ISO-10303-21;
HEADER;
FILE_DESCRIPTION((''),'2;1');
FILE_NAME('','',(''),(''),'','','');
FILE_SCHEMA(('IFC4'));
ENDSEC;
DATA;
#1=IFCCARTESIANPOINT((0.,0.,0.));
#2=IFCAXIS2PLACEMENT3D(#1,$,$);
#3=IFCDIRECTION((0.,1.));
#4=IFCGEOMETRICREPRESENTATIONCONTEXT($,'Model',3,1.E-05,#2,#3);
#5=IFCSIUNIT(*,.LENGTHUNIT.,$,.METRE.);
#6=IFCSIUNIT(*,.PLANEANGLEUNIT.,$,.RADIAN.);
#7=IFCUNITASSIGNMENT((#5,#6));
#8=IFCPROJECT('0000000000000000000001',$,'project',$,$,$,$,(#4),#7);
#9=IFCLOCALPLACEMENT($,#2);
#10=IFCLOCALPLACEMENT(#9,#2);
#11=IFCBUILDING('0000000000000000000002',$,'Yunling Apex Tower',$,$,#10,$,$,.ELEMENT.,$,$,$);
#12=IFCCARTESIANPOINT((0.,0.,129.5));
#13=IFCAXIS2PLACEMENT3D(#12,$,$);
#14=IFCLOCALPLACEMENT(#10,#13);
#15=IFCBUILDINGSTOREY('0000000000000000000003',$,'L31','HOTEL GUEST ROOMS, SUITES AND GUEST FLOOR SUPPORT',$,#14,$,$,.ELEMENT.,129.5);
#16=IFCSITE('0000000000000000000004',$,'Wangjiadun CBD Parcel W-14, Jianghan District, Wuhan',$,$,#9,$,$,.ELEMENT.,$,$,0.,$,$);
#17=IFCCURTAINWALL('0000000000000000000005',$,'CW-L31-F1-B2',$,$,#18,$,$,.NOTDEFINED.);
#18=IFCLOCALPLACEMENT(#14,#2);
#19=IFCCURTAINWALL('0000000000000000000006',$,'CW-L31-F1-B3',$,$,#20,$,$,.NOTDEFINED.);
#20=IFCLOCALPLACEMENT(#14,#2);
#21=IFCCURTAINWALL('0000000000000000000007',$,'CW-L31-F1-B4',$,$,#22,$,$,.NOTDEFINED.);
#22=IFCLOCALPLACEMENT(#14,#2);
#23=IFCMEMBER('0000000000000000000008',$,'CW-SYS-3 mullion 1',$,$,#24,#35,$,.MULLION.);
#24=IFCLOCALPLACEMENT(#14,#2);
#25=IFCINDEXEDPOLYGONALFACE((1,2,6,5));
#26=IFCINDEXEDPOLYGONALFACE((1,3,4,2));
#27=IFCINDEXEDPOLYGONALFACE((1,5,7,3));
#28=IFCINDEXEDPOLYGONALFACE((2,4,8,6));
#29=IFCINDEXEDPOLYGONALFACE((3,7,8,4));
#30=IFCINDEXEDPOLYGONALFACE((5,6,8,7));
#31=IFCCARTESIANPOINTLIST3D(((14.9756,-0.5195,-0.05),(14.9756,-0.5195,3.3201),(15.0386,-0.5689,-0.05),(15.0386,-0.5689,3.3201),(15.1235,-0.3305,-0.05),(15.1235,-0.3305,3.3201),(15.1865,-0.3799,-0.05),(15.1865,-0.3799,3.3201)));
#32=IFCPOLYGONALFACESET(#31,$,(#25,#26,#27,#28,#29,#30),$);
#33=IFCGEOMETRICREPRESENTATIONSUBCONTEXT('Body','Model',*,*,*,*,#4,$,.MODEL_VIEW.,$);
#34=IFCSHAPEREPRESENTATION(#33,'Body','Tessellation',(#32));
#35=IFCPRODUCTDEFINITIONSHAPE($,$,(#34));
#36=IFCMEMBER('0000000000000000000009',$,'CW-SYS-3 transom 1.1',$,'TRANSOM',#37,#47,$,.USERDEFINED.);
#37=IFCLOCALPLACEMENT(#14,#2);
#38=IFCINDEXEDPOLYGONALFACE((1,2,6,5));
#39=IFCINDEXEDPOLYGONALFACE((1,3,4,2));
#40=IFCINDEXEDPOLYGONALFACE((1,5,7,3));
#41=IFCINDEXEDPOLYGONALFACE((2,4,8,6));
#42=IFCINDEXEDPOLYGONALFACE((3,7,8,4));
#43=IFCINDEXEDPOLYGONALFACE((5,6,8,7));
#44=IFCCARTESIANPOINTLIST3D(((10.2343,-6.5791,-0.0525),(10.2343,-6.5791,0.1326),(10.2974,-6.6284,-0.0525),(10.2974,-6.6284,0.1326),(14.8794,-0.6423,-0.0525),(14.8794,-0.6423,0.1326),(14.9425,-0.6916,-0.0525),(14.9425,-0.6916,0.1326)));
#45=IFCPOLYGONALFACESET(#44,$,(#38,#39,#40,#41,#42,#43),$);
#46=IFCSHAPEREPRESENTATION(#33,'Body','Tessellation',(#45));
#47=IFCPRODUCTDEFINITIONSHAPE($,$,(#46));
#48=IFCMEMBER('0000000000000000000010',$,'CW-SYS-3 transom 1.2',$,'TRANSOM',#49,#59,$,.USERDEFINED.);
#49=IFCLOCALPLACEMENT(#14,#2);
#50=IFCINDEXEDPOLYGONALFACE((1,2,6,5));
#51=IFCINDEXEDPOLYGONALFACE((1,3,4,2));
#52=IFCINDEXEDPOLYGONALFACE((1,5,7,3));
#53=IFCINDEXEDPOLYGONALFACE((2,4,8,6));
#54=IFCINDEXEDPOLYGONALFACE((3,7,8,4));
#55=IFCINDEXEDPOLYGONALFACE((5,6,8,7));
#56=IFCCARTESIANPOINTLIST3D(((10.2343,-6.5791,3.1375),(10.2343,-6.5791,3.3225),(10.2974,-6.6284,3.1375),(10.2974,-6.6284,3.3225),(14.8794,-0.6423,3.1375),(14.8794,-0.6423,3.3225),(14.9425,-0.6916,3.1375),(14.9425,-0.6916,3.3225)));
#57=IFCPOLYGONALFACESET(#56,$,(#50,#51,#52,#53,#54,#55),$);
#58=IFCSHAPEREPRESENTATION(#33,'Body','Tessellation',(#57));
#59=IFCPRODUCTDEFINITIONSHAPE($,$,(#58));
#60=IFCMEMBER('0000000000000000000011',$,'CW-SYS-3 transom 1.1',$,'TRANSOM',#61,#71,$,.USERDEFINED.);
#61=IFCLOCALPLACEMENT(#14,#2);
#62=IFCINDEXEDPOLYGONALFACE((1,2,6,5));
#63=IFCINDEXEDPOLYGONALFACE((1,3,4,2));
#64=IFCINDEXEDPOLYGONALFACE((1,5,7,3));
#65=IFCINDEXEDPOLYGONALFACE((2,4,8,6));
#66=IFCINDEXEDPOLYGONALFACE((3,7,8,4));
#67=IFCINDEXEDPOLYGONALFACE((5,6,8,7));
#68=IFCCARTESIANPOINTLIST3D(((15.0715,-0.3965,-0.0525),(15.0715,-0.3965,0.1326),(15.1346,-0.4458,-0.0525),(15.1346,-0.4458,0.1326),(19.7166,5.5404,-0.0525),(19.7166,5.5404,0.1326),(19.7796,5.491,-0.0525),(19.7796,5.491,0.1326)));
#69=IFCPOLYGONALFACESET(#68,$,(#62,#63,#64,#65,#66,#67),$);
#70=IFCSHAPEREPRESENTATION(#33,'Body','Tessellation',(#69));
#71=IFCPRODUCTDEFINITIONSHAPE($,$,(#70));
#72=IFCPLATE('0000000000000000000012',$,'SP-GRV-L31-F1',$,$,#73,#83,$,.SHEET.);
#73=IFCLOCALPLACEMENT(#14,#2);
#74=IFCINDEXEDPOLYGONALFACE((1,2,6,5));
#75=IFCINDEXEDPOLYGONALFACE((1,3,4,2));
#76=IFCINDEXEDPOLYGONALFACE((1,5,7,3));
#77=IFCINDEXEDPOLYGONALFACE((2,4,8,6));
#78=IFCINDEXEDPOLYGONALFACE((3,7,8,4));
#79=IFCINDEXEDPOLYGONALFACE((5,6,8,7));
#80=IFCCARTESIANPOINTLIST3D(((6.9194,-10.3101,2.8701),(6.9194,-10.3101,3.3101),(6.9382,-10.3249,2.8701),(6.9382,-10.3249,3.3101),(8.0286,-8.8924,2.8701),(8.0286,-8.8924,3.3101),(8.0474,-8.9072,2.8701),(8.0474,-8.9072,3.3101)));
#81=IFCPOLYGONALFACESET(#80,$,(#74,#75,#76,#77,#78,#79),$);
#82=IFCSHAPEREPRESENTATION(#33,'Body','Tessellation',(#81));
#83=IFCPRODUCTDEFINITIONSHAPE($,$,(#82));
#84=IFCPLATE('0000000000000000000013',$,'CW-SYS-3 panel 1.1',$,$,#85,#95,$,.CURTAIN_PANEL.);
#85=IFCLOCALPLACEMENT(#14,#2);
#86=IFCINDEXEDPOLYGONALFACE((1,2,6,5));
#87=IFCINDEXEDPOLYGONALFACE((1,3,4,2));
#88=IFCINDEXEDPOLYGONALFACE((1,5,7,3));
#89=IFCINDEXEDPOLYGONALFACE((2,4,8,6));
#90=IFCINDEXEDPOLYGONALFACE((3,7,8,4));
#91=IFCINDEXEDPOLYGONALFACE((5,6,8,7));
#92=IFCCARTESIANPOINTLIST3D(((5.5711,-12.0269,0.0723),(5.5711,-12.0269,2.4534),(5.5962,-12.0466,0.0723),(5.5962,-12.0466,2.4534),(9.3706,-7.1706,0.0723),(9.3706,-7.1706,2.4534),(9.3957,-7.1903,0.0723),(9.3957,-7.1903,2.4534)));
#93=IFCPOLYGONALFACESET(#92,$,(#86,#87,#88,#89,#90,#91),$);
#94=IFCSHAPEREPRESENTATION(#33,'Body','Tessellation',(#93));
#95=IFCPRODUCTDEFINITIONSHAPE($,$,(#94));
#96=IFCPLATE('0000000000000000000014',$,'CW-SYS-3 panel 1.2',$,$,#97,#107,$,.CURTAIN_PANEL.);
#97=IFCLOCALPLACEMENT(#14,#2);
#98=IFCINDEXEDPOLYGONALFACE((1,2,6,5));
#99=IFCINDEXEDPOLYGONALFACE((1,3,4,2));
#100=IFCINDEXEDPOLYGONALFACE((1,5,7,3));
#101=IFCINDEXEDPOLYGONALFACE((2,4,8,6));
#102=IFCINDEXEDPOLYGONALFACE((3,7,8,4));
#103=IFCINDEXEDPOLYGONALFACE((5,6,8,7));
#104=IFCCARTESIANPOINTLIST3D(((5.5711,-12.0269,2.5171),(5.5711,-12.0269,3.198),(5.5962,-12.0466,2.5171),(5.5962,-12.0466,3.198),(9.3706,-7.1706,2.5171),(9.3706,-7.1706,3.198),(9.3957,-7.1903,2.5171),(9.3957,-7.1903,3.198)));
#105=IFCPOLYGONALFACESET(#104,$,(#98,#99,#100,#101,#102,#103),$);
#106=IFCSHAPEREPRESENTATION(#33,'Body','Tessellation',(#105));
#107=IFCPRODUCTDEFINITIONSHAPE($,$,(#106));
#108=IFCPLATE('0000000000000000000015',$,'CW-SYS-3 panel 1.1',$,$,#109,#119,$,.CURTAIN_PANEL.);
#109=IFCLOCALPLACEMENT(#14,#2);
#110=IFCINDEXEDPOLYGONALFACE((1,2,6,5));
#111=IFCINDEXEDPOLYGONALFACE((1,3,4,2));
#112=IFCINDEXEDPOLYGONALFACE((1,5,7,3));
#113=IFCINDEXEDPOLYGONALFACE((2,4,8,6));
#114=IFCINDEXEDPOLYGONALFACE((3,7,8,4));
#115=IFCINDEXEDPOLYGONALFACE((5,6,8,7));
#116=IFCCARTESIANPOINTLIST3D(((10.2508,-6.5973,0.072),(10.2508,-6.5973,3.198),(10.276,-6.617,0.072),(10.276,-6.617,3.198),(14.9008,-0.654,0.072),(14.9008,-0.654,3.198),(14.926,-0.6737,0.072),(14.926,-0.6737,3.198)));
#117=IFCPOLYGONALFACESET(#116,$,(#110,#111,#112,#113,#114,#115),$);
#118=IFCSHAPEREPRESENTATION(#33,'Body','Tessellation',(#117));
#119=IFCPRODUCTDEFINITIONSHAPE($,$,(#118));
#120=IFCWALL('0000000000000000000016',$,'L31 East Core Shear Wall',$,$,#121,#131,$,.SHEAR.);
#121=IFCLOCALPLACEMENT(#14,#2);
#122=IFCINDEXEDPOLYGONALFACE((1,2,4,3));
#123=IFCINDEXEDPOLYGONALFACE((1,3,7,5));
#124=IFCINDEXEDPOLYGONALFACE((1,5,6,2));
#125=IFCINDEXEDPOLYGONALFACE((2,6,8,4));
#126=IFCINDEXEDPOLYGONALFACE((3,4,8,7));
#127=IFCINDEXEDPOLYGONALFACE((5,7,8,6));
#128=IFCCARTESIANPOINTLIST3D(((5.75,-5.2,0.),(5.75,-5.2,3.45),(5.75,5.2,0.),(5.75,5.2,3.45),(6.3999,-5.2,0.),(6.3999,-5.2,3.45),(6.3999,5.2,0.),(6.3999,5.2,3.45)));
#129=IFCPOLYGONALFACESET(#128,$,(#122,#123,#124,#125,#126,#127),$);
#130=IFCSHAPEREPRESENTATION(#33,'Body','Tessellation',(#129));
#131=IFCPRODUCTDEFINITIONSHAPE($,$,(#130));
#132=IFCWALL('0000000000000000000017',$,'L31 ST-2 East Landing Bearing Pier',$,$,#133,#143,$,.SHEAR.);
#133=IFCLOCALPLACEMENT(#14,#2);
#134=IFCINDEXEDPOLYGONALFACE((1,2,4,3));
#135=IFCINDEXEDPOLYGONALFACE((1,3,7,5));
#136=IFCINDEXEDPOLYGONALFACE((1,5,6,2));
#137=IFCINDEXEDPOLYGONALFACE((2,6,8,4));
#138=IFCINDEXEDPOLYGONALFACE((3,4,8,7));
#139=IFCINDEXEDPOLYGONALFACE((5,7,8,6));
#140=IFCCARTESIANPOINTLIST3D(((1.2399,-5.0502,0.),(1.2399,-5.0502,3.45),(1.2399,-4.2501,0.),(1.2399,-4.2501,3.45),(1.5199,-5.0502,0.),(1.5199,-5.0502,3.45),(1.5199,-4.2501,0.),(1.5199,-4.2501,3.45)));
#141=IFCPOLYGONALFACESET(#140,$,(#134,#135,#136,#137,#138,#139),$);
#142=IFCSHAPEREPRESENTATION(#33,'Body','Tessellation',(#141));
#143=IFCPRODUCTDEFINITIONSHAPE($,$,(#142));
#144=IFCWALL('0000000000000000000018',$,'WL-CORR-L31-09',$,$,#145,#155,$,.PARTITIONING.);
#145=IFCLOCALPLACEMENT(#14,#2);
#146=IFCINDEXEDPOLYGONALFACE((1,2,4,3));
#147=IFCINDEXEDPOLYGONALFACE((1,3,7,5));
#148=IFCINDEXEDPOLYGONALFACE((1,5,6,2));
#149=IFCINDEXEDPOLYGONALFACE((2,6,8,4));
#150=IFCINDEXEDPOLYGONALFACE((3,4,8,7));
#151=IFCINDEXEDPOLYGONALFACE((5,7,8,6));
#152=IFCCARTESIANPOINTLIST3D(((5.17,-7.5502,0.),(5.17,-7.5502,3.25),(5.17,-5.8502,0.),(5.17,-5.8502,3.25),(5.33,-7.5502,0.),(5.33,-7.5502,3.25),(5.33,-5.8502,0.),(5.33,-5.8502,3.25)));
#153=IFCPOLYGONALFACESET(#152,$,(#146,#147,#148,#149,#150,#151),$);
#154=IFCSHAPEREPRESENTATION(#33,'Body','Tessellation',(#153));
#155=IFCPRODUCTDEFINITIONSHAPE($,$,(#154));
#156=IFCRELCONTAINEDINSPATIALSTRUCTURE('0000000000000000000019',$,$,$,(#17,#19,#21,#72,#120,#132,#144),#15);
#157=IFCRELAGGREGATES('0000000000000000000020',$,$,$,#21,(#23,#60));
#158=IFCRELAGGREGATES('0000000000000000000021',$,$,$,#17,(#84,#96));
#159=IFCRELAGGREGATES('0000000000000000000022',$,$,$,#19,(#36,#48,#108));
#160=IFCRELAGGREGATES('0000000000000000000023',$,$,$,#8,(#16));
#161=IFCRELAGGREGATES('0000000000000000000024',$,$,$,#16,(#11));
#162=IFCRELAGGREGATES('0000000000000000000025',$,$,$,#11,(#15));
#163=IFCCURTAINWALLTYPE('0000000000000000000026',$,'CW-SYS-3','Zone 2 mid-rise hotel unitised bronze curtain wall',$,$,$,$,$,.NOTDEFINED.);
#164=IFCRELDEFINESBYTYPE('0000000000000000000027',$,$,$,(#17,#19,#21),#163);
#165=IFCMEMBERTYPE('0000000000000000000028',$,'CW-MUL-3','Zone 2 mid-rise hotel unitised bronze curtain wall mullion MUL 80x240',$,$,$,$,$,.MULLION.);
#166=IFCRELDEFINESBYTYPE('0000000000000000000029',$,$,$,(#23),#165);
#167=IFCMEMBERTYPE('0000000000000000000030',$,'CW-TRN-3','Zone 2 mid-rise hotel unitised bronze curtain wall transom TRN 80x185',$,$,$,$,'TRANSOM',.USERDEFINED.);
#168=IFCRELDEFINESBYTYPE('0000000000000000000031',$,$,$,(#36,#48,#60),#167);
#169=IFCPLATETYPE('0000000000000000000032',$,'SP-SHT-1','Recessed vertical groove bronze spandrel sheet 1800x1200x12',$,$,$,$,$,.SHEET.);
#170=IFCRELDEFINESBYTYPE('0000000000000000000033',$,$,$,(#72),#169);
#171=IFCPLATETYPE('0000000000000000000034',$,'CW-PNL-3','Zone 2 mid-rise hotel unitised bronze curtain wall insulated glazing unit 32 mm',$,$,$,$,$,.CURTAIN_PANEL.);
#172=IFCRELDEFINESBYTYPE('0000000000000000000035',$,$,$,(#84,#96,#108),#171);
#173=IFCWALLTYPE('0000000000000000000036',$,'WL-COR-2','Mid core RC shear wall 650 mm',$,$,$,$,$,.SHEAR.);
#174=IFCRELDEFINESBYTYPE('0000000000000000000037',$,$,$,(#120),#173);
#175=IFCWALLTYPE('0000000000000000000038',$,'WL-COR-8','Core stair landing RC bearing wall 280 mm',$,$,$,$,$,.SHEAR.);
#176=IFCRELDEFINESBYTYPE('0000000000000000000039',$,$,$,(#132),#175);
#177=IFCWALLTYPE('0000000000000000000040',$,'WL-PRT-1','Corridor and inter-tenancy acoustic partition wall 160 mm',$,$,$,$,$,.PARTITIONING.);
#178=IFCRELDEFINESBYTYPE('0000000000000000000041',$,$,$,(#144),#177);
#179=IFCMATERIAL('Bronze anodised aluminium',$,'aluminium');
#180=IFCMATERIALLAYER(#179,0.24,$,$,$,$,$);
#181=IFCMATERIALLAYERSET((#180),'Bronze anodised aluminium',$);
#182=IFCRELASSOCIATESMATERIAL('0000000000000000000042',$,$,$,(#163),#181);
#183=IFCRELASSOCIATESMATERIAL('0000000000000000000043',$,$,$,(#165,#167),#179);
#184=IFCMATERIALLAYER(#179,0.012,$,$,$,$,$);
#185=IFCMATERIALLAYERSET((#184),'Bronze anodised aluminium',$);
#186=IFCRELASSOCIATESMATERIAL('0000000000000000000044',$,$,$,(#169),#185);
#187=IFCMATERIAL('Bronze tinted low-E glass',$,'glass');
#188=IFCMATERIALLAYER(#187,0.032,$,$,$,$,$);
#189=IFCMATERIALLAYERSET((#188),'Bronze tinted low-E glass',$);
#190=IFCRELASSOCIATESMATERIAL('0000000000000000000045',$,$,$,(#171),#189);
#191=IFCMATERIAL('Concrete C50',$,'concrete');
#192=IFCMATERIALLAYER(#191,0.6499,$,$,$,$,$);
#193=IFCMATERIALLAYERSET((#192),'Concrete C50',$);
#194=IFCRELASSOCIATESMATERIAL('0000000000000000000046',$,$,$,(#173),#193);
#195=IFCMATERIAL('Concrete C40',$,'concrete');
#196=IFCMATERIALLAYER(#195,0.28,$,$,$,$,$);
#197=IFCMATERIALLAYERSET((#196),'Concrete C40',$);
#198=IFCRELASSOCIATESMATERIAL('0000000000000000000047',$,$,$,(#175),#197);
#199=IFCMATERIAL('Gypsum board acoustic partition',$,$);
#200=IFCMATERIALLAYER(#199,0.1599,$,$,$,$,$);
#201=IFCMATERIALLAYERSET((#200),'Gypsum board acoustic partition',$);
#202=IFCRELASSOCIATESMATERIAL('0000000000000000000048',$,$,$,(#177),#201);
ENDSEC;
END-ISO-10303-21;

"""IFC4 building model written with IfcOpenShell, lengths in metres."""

from ifc_helpers import new_model, si_unit, direction, frame, frame_2d, origin, origin_2d, place, context, subcontext, project, spatial, rectangle, extrude, source, transform, mapped, material, layer, layer_set, material_profile, profile_set, type_object, element, aggregate, save


model = new_model("IFC4")

# Units and contexts
model_context = context("Model", 3, precision=1e-05, world=origin(), true_north=direction((0.0, 1.0)))
body_context = subcontext(model_context, "Body", "Model", "MODEL_VIEW")
ifc_project = project(units=[si_unit("LENGTHUNIT", "METRE"), si_unit("PLANEANGLEUNIT", "RADIAN")], contexts=[model_context])

# Site, building, storey
site_placement = place(None, origin())
site = spatial("IfcSite", under=ifc_project, at=site_placement, Name="Wangjiadun CBD Parcel W-14, Jianghan District, Wuhan", CompositionType="ELEMENT", RefElevation=0.0)
building_placement = place(site_placement, origin())
building = spatial("IfcBuilding", under=site, at=building_placement, Name="Yunling Apex Tower", CompositionType="ELEMENT")
storey_placement = place(building_placement, frame((0.0, 0.0, 129.5)))
storey = spatial("IfcBuildingStorey", under=building, at=storey_placement, Name="L31", Description="HOTEL GUEST ROOMS, SUITES AND GUEST FLOOR SUPPORT", CompositionType="ELEMENT", Elevation=129.5)

# Curtain wall
ifc_material_1 = material(Name="Bronze anodised aluminium", Category="aluminium")
ifc_layer_1 = layer(ifc_material_1, 0.24)
ifc_layer_set_1 = layer_set([ifc_layer_1], Name="Bronze anodised aluminium")
curtain_wall_type = type_object("IfcCurtainWallType", Name="CW-SYS-3", Description="Zone 2 mid-rise hotel unitised bronze curtain wall", PredefinedType="NOTDEFINED", material=ifc_layer_set_1)
curtain_wall_1_placement = place(storey_placement, origin())
curtain_wall_1 = element("IfcCurtainWall", 1, at=curtain_wall_1_placement, inside=storey, type_object=curtain_wall_type, Name="CW-L31-F1-B2", PredefinedType="NOTDEFINED")
ifc_material_profile_1 = material_profile(ifc_material_1, rectangle(XDim=0.0801, YDim=0.24, at=origin_2d()))
ifc_profile_set_1 = profile_set([ifc_material_profile_1], Name="Bronze anodised aluminium")
member_type_1 = type_object("IfcMemberType", Name="CW-MUL-3", Description="Zone 2 mid-rise hotel unitised bronze curtain wall mullion MUL 80x240", PredefinedType="MULLION", material=ifc_profile_set_1)
shared_shape_1 = source(origin(), body_context, "Body", "SweptSolid", [
    extrude(rectangle(XDim=0.0801, YDim=0.24, at=origin_2d()), origin(), (0.0, 0.0, 1.0), 3.3701),
])

# Curtain wall
curtain_wall_2_placement = place(storey_placement, origin())
curtain_wall_2 = element("IfcCurtainWall", 2, at=curtain_wall_2_placement, inside=storey, type_object=curtain_wall_type, Name="CW-L31-F1-B3", PredefinedType="NOTDEFINED")

# Curtain wall, member
curtain_wall_3_placement = place(storey_placement, origin())
curtain_wall_3 = element("IfcCurtainWall", 3, at=curtain_wall_3_placement, inside=storey, type_object=curtain_wall_type, Name="CW-L31-F1-B4", PredefinedType="NOTDEFINED")
member_1_placement = place(storey_placement, frame((15.0811, -0.4497, -0.05), z_axis=(0.0, 0.0, 1.0), x_axis=(-0.787584, 0.616208, 0.0)))
member_1 = element("IfcMember", 4, at=member_1_placement, type_object=member_type_1, Name="CW-SYS-3 mullion 1", PredefinedType="MULLION", context=body_context, shape_type="MappedRepresentation", body=[
    mapped(shared_shape_1, transform((0.0, 0.0, 0.0), scale=1.0)),
])

# Members
ifc_material_profile_2 = material_profile(ifc_material_1, rectangle(XDim=0.0801, YDim=0.1851, at=origin_2d()))
ifc_profile_set_2 = profile_set([ifc_material_profile_2], Name="Bronze anodised aluminium")
member_type_2 = type_object("IfcMemberType", Name="CW-TRN-3", Description="Zone 2 mid-rise hotel unitised bronze curtain wall transom TRN 80x185", ElementType="TRANSOM", PredefinedType="USERDEFINED", material=ifc_profile_set_2)
shared_shape_2 = source(origin(), body_context, "Body", "SweptSolid", [
    extrude(rectangle(XDim=0.0801, YDim=0.1851, at=origin_2d()), origin(), (0.0, 0.0, 1.0), 7.5381),
])
member_2_placement = place(storey_placement, frame((10.2659, -6.6038, 0.04), z_axis=(0.616214, 0.787579, 0.0), x_axis=(-0.787579, 0.616214, 0.0)))
member_2 = element("IfcMember", 5, at=member_2_placement, type_object=member_type_2, Name="CW-SYS-3 transom 1.1", ObjectType="TRANSOM", PredefinedType="USERDEFINED", context=body_context, shape_type="MappedRepresentation", body=[
    mapped(shared_shape_2, transform((0.0, 0.0, 0.0), scale=1.0)),
])
member_3_placement = place(storey_placement, frame((10.2659, -6.6038, 3.23), z_axis=(0.616214, 0.787579, 0.0), x_axis=(-0.787579, 0.616214, 0.0)))
member_3 = element("IfcMember", 6, at=member_3_placement, type_object=member_type_2, Name="CW-SYS-3 transom 1.2", ObjectType="TRANSOM", PredefinedType="USERDEFINED", context=body_context, shape_type="MappedRepresentation", body=[
    mapped(shared_shape_2, transform((0.0, 0.0, 0.0), scale=1.0)),
])
member_4_placement = place(storey_placement, frame((15.103, -0.4211, 0.04), z_axis=(0.616214, 0.787579, 0.0), x_axis=(-0.787579, 0.616214, 0.0)))
member_4 = element("IfcMember", 7, at=member_4_placement, type_object=member_type_2, Name="CW-SYS-3 transom 1.1", ObjectType="TRANSOM", PredefinedType="USERDEFINED", context=body_context, shape_type="MappedRepresentation", body=[
    mapped(shared_shape_2, transform((0.0, 0.0, 0.0), scale=1.0)),
])
aggregate(curtain_wall_3, [member_1, member_4])

# Plates
ifc_layer_2 = layer(ifc_material_1, 0.012)
ifc_layer_set_2 = layer_set([ifc_layer_2], Name="Bronze anodised aluminium")
plate_type_1 = type_object("IfcPlateType", Name="SP-SHT-1", Description="Recessed vertical groove bronze spandrel sheet 1800x1200x12", PredefinedType="SHEET", material=ifc_layer_set_2)
shared_shape_3 = source(origin(), body_context, "Body", "SweptSolid", [
    extrude(rectangle(XDim=1.8, YDim=0.0239, at=origin_2d()), origin(), (0.0, 0.0, 1.0), 0.4399),
])
plate_1_placement = place(storey_placement, frame((7.4834, -9.6086, 2.8701), z_axis=(0.0, 0.0, 1.0), x_axis=(0.616211, 0.787581, 0.0)))
element("IfcPlate", 8, at=plate_1_placement, inside=storey, type_object=plate_type_1, Name="SP-GRV-L31-F1", PredefinedType="SHEET", context=body_context, shape_type="MappedRepresentation", body=[
    mapped(shared_shape_3, transform((0.0, 0.0, 0.0), scale=1.0)),
])
ifc_material_2 = material(Name="Bronze tinted low-E glass", Category="glass")
ifc_layer_3 = layer(ifc_material_2, 0.032)
ifc_layer_set_3 = layer_set([ifc_layer_3], Name="Bronze tinted low-E glass")
plate_type_2 = type_object("IfcPlateType", Name="CW-PNL-3", Description="Zone 2 mid-rise hotel unitised bronze curtain wall insulated glazing unit 32 mm", PredefinedType="CURTAIN_PANEL", material=ifc_layer_set_3)
shared_shape_4 = source(origin(), body_context, "Body", "SweptSolid", [
    extrude(rectangle(XDim=6.166, YDim=0.032, at=origin_2d()), origin(), (0.0, 0.0, 1.0), 2.3811),
])
plate_2_placement = place(storey_placement, frame((7.4834, -9.6086, 0.0723), z_axis=(0.0, 0.0, 1.0), x_axis=(0.616199, 0.78759, 0.0)))
plate_2 = element("IfcPlate", 9, at=plate_2_placement, type_object=plate_type_2, Name="CW-SYS-3 panel 1.1", PredefinedType="CURTAIN_PANEL", context=body_context, shape_type="MappedRepresentation", body=[
    mapped(shared_shape_4, transform((0.0, 0.0, 0.0), scale=1.0)),
])
shared_shape_5 = source(origin(), body_context, "Body", "SweptSolid", [
    extrude(rectangle(XDim=6.166, YDim=0.032, at=origin_2d()), origin(), (0.0, 0.0, 1.0), 0.6809),
])
plate_3_placement = place(storey_placement, frame((7.4834, -9.6086, 2.5171), z_axis=(0.0, 0.0, 1.0), x_axis=(0.616199, 0.78759, 0.0)))
plate_3 = element("IfcPlate", 10, at=plate_3_placement, type_object=plate_type_2, Name="CW-SYS-3 panel 1.2", PredefinedType="CURTAIN_PANEL", context=body_context, shape_type="MappedRepresentation", body=[
    mapped(shared_shape_5, transform((0.0, 0.0, 0.0), scale=1.0)),
])
aggregate(curtain_wall_1, [plate_2, plate_3])
shared_shape_6 = source(origin(), body_context, "Body", "SweptSolid", [
    extrude(rectangle(XDim=7.5461, YDim=0.032, at=origin_2d()), origin(), (0.0, 0.0, 1.0), 3.126),
])
plate_4_placement = place(storey_placement, frame((12.5884, -3.6355, 0.072), z_axis=(0.0, 0.0, 1.0), x_axis=(0.616208, 0.787584, 0.0)))
plate_4 = element("IfcPlate", 11, at=plate_4_placement, type_object=plate_type_2, Name="CW-SYS-3 panel 1.1", PredefinedType="CURTAIN_PANEL", context=body_context, shape_type="MappedRepresentation", body=[
    mapped(shared_shape_6, transform((0.0, 0.0, 0.0), scale=1.0)),
])
aggregate(curtain_wall_2, [member_2, member_3, plate_4])

# Walls
ifc_material_3 = material(Name="Concrete C50", Category="concrete")
ifc_layer_4 = layer(ifc_material_3, 0.6499)
ifc_layer_set_4 = layer_set([ifc_layer_4], Name="Concrete C50")
wall_type_1 = type_object("IfcWallType", Name="WL-COR-2", Description="Mid core RC shear wall 650 mm", PredefinedType="SHEAR", material=ifc_layer_set_4)
wall_1_placement = place(storey_placement, frame((6.075, -5.2, 0.0), z_axis=(0.0, 0.0, 1.0), x_axis=(0.0, 1.0, 0.0)))
element("IfcWall", 12, at=wall_1_placement, inside=storey, type_object=wall_type_1, Name="L31 East Core Shear Wall", PredefinedType="SHEAR", context=body_context, shape_type="SweptSolid", body=[
    extrude(rectangle(XDim=10.3999, YDim=0.6499, at=frame_2d((5.2, 0.0))), origin(), (0.0, 0.0, 1.0), 3.45),
])
ifc_material_4 = material(Name="Concrete C40", Category="concrete")
ifc_layer_5 = layer(ifc_material_4, 0.28)
ifc_layer_set_5 = layer_set([ifc_layer_5], Name="Concrete C40")
wall_type_2 = type_object("IfcWallType", Name="WL-COR-8", Description="Core stair landing RC bearing wall 280 mm", PredefinedType="SHEAR", material=ifc_layer_set_5)
wall_2_placement = place(storey_placement, frame((1.3799, -5.05, 0.0), z_axis=(0.0, 0.0, 1.0), x_axis=(0.0, 1.0, 0.0)))
element("IfcWall", 13, at=wall_2_placement, inside=storey, type_object=wall_type_2, Name="L31 ST-2 East Landing Bearing Pier", PredefinedType="SHEAR", context=body_context, shape_type="SweptSolid", body=[
    extrude(rectangle(XDim=0.8, YDim=0.28, at=frame_2d((0.3999, 0.0))), origin(), (0.0, 0.0, 1.0), 3.45),
])
ifc_material_5 = material(Name="Gypsum board acoustic partition")
ifc_layer_6 = layer(ifc_material_5, 0.1599)
ifc_layer_set_6 = layer_set([ifc_layer_6], Name="Gypsum board acoustic partition")
wall_type_3 = type_object("IfcWallType", Name="WL-PRT-1", Description="Corridor and inter-tenancy acoustic partition wall 160 mm", PredefinedType="PARTITIONING", material=ifc_layer_set_6)
wall_3_placement = place(storey_placement, frame((5.25, -5.8501, 0.0), z_axis=(0.0, 0.0, 1.0), x_axis=(0.0, -1.0, 0.0)))
element("IfcWall", 14, at=wall_3_placement, inside=storey, type_object=wall_type_3, Name="WL-CORR-L31-09", PredefinedType="PARTITIONING", context=body_context, shape_type="SweptSolid", body=[
    extrude(rectangle(XDim=1.7, YDim=0.1599, at=frame_2d((0.8501, 0.0))), origin(), (0.0, 0.0, 1.0), 3.25),
])

save(model, "model.ifc")
